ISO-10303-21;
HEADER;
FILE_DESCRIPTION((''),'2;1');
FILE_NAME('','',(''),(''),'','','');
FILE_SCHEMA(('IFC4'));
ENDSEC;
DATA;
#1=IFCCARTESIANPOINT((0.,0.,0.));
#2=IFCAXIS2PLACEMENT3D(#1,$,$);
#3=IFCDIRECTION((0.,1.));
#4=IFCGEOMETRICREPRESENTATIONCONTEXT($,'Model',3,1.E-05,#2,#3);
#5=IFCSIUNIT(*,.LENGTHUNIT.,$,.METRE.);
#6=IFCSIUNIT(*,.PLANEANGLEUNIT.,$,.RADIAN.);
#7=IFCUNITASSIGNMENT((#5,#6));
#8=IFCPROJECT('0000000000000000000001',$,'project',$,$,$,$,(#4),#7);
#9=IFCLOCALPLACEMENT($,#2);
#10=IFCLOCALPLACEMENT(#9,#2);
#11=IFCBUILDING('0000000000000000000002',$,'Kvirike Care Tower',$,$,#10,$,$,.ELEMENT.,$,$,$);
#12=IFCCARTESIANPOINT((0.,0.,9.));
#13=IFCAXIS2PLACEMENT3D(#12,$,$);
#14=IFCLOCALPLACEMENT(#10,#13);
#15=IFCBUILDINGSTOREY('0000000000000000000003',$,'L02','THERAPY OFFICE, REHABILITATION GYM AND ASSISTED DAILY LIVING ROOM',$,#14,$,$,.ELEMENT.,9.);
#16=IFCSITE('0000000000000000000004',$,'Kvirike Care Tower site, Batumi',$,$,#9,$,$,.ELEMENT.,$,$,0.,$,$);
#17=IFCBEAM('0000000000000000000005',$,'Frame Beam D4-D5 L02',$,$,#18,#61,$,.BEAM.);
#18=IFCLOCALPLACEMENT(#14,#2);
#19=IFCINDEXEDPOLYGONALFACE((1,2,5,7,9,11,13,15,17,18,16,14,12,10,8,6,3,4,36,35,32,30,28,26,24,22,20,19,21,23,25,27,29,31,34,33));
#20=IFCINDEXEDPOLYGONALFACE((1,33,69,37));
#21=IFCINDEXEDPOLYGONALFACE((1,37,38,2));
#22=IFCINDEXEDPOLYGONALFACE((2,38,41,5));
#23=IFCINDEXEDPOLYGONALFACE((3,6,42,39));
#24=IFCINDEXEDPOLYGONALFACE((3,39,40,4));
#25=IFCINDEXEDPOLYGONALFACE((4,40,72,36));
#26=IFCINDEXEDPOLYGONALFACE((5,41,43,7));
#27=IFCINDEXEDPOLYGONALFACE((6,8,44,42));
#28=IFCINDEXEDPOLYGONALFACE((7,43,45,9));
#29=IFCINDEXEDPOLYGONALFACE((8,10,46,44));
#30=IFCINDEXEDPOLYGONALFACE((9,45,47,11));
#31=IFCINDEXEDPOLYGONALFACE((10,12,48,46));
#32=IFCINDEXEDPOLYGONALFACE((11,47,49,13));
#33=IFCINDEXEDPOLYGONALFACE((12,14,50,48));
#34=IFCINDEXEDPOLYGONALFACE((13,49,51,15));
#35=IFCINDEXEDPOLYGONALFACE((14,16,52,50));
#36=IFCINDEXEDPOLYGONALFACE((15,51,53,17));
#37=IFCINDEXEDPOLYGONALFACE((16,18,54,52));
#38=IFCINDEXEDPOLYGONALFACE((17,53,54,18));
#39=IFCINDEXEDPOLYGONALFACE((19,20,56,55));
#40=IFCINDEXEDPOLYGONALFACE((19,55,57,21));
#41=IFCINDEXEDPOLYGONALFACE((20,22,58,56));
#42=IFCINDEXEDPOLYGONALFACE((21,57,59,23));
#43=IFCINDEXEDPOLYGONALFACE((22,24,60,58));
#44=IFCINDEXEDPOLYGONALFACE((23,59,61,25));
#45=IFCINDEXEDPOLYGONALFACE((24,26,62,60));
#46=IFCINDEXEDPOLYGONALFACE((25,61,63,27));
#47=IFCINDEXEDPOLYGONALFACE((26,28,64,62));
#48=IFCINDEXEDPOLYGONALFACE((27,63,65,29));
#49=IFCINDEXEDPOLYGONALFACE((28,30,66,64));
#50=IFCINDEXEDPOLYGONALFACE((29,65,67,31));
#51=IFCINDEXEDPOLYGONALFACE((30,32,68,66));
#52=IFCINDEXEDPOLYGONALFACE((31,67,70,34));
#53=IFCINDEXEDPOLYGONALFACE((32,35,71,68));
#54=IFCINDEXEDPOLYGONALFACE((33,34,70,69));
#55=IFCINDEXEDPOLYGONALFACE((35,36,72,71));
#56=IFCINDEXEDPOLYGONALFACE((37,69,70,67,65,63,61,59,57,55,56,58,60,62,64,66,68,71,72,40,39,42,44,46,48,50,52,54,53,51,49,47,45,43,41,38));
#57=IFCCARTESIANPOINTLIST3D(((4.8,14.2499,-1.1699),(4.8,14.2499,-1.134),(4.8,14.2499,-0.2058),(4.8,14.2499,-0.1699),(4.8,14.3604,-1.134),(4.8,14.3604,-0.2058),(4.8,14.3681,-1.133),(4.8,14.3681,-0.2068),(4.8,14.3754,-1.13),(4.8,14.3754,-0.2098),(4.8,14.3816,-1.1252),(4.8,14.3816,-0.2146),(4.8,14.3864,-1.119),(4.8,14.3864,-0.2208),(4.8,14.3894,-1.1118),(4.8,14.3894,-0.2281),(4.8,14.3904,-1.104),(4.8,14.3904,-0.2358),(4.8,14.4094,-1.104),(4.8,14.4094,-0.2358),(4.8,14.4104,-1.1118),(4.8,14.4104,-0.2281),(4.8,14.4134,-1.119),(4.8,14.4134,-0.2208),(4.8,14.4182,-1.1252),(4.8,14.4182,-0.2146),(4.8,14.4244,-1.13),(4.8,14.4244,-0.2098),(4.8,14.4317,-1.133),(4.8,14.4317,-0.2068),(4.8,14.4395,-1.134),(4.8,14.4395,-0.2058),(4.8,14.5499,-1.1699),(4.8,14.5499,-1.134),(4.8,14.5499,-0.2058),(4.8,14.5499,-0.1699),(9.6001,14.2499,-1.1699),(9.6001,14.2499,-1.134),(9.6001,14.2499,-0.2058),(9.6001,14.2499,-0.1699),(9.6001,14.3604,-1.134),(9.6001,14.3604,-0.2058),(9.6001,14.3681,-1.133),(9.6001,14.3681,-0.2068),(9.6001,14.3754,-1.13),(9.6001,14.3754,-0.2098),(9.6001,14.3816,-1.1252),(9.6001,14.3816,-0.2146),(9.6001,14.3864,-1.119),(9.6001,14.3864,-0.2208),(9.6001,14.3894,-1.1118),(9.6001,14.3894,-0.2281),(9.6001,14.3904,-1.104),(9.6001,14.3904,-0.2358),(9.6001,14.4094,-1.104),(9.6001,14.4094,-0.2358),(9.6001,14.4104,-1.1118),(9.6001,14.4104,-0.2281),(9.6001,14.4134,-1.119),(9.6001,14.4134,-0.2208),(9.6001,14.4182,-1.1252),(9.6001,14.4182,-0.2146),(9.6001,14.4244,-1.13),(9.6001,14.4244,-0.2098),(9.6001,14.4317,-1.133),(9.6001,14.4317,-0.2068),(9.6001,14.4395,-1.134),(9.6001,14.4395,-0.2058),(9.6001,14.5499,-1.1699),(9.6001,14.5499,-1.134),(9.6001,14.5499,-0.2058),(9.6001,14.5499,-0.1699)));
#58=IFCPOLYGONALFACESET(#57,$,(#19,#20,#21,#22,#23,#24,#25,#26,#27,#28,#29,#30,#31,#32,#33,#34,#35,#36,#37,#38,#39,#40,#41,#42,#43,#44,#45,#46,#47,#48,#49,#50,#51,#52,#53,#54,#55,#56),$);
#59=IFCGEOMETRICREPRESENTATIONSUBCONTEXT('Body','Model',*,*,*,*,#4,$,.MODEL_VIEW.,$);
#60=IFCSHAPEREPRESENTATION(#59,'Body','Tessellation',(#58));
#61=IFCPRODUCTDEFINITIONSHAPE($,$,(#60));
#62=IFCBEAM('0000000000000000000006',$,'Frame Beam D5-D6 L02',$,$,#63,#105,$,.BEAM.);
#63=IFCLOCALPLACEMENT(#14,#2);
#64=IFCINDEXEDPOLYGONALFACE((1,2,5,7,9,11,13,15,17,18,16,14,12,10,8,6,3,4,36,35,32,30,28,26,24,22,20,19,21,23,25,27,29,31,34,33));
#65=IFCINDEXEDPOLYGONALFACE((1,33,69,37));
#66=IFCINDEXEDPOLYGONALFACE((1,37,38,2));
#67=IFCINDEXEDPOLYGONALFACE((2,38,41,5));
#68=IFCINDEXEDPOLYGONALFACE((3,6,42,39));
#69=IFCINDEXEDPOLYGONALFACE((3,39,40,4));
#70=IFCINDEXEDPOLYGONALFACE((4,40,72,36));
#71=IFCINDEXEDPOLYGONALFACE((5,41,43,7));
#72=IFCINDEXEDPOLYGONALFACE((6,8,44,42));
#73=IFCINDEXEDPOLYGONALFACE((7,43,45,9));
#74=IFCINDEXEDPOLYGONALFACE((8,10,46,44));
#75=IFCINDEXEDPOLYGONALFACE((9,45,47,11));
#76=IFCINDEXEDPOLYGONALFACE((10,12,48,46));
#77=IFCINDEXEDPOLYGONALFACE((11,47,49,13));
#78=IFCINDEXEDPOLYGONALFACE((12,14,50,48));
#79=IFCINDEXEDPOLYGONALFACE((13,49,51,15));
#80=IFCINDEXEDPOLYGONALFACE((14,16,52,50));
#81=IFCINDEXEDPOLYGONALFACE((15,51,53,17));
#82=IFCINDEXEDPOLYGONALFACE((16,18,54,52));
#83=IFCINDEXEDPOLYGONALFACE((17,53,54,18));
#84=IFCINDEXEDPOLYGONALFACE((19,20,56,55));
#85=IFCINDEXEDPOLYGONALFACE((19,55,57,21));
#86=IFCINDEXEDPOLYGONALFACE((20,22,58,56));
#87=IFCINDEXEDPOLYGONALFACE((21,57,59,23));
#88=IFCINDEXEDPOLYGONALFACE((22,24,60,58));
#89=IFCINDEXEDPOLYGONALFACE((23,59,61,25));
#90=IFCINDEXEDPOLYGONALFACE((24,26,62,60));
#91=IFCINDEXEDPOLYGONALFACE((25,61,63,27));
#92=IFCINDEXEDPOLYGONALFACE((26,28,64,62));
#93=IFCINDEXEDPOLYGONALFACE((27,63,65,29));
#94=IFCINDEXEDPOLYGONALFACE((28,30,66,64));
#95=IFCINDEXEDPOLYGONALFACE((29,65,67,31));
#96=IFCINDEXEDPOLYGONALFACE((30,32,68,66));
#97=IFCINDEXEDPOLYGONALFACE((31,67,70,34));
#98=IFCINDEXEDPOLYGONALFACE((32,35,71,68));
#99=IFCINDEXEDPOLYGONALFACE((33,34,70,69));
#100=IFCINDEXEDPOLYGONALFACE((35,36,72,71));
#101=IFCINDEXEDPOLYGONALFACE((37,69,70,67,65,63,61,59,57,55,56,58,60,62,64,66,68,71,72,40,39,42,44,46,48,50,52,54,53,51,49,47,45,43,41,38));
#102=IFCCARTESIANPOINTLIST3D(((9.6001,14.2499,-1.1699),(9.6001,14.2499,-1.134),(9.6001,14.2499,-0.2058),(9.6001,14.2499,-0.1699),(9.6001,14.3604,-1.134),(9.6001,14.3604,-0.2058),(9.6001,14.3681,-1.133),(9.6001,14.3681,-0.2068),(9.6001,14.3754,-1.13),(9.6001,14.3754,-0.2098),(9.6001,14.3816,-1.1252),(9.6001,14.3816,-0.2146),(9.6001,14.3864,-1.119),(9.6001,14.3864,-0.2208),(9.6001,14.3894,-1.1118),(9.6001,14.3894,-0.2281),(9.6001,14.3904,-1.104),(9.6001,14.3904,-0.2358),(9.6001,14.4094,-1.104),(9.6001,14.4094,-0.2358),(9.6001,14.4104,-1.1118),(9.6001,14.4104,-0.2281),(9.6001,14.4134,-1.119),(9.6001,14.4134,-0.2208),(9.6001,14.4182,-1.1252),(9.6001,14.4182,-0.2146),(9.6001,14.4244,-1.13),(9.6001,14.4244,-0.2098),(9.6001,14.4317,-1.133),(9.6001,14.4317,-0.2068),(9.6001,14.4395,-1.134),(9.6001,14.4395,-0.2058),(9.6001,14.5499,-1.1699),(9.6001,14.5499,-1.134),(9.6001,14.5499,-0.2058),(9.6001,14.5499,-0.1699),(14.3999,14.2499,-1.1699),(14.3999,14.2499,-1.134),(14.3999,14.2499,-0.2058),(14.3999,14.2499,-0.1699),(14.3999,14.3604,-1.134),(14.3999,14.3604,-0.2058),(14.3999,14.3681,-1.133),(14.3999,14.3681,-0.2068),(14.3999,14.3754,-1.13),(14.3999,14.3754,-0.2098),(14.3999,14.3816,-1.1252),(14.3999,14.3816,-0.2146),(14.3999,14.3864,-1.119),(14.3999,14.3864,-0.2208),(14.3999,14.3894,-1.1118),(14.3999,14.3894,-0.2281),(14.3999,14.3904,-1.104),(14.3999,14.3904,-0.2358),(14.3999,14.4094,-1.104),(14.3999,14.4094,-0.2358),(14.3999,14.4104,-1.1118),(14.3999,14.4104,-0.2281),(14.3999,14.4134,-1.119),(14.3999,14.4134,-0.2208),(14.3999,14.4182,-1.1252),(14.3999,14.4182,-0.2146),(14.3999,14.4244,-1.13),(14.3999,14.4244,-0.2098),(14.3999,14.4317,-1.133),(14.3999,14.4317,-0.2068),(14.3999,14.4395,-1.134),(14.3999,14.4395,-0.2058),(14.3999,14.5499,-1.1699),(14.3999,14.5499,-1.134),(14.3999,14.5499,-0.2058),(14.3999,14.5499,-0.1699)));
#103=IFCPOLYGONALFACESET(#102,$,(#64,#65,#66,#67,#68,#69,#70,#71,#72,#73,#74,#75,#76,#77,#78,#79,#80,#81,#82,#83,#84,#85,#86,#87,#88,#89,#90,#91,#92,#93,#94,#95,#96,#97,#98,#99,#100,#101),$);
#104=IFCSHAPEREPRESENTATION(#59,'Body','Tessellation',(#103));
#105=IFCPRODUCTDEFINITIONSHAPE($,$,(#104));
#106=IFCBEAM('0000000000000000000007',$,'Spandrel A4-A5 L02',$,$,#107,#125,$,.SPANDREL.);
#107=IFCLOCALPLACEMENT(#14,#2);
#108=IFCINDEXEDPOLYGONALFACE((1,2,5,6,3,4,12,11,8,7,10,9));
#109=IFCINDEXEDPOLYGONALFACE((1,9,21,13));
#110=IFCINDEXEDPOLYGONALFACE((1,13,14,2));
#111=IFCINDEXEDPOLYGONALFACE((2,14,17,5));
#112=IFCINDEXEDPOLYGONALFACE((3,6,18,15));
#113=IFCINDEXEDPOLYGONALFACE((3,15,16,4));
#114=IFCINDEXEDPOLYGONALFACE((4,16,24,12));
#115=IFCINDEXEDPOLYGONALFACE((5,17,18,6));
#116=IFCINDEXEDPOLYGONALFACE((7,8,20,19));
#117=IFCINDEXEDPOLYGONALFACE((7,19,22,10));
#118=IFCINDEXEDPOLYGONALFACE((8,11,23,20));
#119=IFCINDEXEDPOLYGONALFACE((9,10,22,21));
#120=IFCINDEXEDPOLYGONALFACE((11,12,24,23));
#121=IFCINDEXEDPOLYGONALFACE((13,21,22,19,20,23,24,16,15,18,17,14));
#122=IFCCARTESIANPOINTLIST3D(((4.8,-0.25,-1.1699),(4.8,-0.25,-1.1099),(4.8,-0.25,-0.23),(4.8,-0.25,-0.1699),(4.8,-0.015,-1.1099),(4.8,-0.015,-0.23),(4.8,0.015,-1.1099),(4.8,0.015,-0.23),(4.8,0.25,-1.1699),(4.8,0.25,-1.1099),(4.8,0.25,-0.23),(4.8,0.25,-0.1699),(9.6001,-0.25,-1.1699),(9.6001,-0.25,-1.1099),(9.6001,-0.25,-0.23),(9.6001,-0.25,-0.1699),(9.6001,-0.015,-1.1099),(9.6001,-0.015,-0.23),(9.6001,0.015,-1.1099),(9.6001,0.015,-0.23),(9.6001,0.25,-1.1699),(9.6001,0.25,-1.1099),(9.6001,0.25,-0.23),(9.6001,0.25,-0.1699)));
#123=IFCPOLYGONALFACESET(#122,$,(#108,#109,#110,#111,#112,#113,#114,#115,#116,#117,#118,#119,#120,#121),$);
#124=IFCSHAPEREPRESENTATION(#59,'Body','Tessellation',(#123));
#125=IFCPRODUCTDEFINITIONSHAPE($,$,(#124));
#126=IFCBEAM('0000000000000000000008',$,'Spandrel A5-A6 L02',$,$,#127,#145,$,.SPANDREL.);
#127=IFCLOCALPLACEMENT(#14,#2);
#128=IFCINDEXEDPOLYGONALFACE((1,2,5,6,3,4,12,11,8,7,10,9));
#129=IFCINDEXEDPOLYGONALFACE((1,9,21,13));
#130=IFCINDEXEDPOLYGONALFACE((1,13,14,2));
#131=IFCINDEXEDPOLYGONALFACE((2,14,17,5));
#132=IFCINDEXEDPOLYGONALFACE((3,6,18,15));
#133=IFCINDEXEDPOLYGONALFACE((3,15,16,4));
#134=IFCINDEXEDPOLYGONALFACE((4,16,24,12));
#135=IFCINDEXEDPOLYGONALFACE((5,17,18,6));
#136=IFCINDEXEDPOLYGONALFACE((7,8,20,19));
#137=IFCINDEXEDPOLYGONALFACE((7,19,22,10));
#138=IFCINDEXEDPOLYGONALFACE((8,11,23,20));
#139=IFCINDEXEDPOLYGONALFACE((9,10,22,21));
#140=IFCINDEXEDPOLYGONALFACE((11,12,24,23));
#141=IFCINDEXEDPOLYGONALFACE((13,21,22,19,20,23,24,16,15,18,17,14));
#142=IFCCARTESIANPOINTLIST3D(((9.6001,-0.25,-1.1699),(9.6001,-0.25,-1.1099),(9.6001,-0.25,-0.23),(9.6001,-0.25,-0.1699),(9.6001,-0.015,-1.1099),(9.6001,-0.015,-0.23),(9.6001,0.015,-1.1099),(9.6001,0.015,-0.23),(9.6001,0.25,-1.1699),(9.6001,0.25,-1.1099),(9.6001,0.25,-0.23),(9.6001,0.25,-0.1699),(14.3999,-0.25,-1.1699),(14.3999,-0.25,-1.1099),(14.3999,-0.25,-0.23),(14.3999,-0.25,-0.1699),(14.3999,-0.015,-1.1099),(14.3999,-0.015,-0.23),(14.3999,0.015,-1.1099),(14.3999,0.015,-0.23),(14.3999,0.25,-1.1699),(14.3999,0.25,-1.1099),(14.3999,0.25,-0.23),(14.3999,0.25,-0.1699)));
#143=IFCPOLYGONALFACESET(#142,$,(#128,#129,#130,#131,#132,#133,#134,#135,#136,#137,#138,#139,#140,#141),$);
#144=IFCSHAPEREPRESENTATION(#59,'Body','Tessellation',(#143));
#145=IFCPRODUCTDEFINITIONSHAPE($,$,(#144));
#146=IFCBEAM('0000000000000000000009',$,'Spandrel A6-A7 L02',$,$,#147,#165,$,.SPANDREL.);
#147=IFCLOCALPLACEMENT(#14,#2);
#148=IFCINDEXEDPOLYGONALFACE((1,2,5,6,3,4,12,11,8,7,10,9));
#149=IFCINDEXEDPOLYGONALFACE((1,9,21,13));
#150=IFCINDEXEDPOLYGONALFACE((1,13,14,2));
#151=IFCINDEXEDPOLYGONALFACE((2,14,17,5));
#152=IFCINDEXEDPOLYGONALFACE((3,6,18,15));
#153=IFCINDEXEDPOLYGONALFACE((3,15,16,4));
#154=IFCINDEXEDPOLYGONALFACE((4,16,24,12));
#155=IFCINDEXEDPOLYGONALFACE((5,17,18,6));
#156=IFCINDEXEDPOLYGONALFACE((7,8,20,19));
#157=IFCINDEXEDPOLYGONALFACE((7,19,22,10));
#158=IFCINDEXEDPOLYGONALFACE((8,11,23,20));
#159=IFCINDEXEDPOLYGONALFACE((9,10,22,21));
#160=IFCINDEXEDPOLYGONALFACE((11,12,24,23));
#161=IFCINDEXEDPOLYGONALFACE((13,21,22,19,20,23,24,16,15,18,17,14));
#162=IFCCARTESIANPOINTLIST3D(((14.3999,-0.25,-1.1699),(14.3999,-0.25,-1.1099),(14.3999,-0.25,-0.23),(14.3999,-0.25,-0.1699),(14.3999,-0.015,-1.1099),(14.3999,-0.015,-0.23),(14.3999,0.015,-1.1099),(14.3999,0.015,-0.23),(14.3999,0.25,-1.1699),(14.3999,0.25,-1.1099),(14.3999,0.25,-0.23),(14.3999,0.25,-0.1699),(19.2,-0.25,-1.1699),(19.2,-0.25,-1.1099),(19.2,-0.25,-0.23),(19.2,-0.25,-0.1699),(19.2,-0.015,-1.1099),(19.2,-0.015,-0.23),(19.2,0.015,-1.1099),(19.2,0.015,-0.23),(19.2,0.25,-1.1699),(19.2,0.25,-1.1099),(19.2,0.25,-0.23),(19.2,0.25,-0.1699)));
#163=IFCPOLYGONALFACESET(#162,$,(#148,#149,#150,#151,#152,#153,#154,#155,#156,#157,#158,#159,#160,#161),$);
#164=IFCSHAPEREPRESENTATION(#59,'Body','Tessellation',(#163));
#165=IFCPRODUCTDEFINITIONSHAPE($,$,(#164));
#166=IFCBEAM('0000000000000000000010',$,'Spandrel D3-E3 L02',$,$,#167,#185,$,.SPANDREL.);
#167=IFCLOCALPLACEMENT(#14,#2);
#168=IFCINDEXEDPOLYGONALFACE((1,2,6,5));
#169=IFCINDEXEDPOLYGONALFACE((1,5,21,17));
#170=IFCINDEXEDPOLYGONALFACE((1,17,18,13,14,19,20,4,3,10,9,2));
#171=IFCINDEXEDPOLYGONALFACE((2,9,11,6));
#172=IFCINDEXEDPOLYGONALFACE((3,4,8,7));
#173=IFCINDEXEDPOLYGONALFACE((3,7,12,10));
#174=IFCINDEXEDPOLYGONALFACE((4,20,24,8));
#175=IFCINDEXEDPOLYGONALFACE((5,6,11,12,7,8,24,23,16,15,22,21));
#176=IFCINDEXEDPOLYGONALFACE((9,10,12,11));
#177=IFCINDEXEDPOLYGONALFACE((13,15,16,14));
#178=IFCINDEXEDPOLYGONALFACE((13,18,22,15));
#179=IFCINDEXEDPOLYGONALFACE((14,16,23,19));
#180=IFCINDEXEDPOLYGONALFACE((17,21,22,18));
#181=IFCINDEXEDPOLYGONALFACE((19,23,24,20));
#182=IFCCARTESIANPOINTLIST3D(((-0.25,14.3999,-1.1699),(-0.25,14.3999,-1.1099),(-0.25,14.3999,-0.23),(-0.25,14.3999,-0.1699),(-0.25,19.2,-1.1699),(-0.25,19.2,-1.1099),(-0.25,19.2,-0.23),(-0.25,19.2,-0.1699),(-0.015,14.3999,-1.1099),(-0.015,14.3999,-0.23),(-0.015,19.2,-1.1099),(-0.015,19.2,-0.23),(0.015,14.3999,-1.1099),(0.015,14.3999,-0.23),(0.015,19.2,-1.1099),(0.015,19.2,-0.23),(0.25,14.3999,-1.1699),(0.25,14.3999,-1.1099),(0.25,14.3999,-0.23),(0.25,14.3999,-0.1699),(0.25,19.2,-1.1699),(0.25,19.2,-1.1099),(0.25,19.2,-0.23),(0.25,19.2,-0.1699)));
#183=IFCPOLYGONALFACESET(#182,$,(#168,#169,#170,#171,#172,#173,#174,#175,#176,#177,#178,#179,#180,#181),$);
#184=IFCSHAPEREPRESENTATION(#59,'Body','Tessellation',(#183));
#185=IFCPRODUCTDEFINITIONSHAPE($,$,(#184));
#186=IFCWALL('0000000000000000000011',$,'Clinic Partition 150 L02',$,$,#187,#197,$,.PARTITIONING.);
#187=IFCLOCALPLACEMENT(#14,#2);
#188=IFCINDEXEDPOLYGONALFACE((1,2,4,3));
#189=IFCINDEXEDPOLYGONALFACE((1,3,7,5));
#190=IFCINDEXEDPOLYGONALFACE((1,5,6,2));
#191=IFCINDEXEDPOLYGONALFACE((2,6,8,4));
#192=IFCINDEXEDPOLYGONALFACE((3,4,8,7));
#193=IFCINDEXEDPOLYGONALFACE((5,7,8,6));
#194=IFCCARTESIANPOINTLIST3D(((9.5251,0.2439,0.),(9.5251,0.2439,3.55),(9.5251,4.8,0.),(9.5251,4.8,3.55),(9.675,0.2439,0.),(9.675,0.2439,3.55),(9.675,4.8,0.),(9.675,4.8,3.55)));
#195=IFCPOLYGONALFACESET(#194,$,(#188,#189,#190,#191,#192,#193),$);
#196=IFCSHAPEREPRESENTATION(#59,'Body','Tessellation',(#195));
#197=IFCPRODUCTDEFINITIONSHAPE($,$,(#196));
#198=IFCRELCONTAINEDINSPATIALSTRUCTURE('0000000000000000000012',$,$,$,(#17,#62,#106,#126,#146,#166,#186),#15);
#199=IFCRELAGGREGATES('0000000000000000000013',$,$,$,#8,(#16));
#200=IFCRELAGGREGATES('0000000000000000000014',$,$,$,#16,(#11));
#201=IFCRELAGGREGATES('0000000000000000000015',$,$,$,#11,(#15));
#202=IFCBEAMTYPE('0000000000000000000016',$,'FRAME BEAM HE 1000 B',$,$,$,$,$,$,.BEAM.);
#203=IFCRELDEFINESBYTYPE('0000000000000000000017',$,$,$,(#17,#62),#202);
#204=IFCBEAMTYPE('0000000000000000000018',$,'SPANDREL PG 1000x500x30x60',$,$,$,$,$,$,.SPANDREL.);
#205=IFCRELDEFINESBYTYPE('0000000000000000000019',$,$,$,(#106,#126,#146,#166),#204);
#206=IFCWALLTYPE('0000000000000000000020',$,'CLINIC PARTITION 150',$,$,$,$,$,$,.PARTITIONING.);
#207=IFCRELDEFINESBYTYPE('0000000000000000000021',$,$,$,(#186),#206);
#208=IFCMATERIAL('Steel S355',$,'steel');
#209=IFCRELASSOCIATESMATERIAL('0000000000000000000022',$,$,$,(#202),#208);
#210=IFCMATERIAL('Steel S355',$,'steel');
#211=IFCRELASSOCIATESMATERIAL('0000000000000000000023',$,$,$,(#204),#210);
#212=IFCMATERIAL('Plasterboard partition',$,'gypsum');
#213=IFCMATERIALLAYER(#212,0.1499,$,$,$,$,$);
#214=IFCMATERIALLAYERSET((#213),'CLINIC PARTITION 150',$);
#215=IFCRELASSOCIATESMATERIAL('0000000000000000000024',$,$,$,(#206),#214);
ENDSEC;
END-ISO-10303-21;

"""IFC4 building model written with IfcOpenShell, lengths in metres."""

from ifc_helpers import new_model, si_unit, direction, frame, frame_2d, origin, origin_2d, place, context, subcontext, project, spatial, rectangle, i_section, extrude, material, layer, layer_set, material_profile, profile_set, type_object, element, save


model = new_model("IFC4")

# Units and contexts
model_context = context("Model", 3, precision=1e-05, world=origin(), true_north=direction((0.0, 1.0)))
body_context = subcontext(model_context, "Body", "Model", "MODEL_VIEW")
ifc_project = project(units=[si_unit("LENGTHUNIT", "METRE"), si_unit("PLANEANGLEUNIT", "RADIAN")], contexts=[model_context])

# Site, building, storey
site_placement = place(None, origin())
site = spatial("IfcSite", under=ifc_project, at=site_placement, Name="Kvirike Care Tower site, Batumi", CompositionType="ELEMENT", RefElevation=0.0)
building_placement = place(site_placement, origin())
building = spatial("IfcBuilding", under=site, at=building_placement, Name="Kvirike Care Tower", CompositionType="ELEMENT")
storey_placement = place(building_placement, frame((0.0, 0.0, 9.0)))
storey = spatial("IfcBuildingStorey", under=building, at=storey_placement, Name="L02", Description="THERAPY OFFICE, REHABILITATION GYM AND ASSISTED DAILY LIVING ROOM", CompositionType="ELEMENT", Elevation=9.0)

# Beams
ifc_material_1 = material(Name="Steel S355", Category="steel")
ifc_material_profile_1 = material_profile(ifc_material_1, i_section(OverallWidth=0.3, OverallDepth=1.0, WebThickness=0.019, FlangeThickness=0.0359, FilletRadius=0.03, at=origin_2d()), Name="HE 1000 B")
ifc_profile_set_1 = profile_set([ifc_material_profile_1], Name="Steel S355")
beam_type_1 = type_object("IfcBeamType", Name="FRAME BEAM HE 1000 B", PredefinedType="BEAM", material=ifc_profile_set_1)
for number, where, z_axis, x_axis, name in (
    (1, (4.8, 14.3999, -0.6699), (1.0, 0.0, 0.0), (0.0, 1.0, 0.0), "Frame Beam D4-D5 L02"),
):
    element("IfcBeam", number, at=place(storey_placement, frame(where, z_axis=z_axis, x_axis=x_axis)), inside=storey, type_object=beam_type_1, Name=name, PredefinedType="BEAM", context=body_context, shape_type="SweptSolid", body=[
        extrude(i_section(OverallWidth=0.3, OverallDepth=1.0, WebThickness=0.019, FlangeThickness=0.0359, FilletRadius=0.03, at=origin_2d()), origin(), (0.0, 0.0, 1.0), 4.8),
    ])
beam_1_placement = place(storey_placement, frame((9.6001, 14.3999, -0.6699), z_axis=(1.0, 0.0, 0.0), x_axis=(0.0, 1.0, 0.0)))
element("IfcBeam", 2, at=beam_1_placement, inside=storey, type_object=beam_type_1, Name="Frame Beam D5-D6 L02", PredefinedType="BEAM", context=body_context, shape_type="SweptSolid", body=[
    extrude(i_section(OverallWidth=0.3, OverallDepth=1.0, WebThickness=0.019, FlangeThickness=0.0359, FilletRadius=0.03, at=origin_2d()), origin(), (0.0, 0.0, 1.0), 4.7998),
])
ifc_material_2 = material(Name="Steel S355", Category="steel")
ifc_material_profile_2 = material_profile(ifc_material_2, i_section(OverallWidth=0.5, OverallDepth=1.0, WebThickness=0.03, FlangeThickness=0.0601, at=origin_2d()), Name="PG 1000x500x30x60")
ifc_profile_set_2 = profile_set([ifc_material_profile_2], Name="Steel S355")
beam_type_2 = type_object("IfcBeamType", Name="SPANDREL PG 1000x500x30x60", PredefinedType="SPANDREL", material=ifc_profile_set_2)
beam_2_placement = place(storey_placement, frame((4.8, 0.0, -0.6699), z_axis=(1.0, 0.0, 0.0), x_axis=(0.0, 1.0, 0.0)))
element("IfcBeam", 3, at=beam_2_placement, inside=storey, type_object=beam_type_2, Name="Spandrel A4-A5 L02", PredefinedType="SPANDREL", context=body_context, shape_type="SweptSolid", body=[
    extrude(i_section(OverallWidth=0.5, OverallDepth=1.0, WebThickness=0.03, FlangeThickness=0.0601, at=origin_2d()), origin(), (0.0, 0.0, 1.0), 4.8),
])
beam_3_placement = place(storey_placement, frame((9.6001, 0.0, -0.6699), z_axis=(1.0, 0.0, 0.0), x_axis=(0.0, 1.0, 0.0)))
element("IfcBeam", 4, at=beam_3_placement, inside=storey, type_object=beam_type_2, Name="Spandrel A5-A6 L02", PredefinedType="SPANDREL", context=body_context, shape_type="SweptSolid", body=[
    extrude(i_section(OverallWidth=0.5, OverallDepth=1.0, WebThickness=0.03, FlangeThickness=0.0601, at=origin_2d()), origin(), (0.0, 0.0, 1.0), 4.7998),
])
for number, where, z_axis, x_axis, name in (
    (5, (14.3999, 0.0, -0.6699), (1.0, 0.0, 0.0), (0.0, 1.0, 0.0), "Spandrel A6-A7 L02"),
    (6, (0.0, 14.3999, -0.6699), (0.0, 1.0, 0.0), (-1.0, 0.0, 0.0), "Spandrel D3-E3 L02"),
):
    element("IfcBeam", number, at=place(storey_placement, frame(where, z_axis=z_axis, x_axis=x_axis)), inside=storey, type_object=beam_type_2, Name=name, PredefinedType="SPANDREL", context=body_context, shape_type="SweptSolid", body=[
        extrude(i_section(OverallWidth=0.5, OverallDepth=1.0, WebThickness=0.03, FlangeThickness=0.0601, at=origin_2d()), origin(), (0.0, 0.0, 1.0), 4.8),
    ])

# Wall
ifc_material_3 = material(Name="Plasterboard partition", Category="gypsum")
ifc_layer_1 = layer(ifc_material_3, 0.1499)
ifc_layer_set_1 = layer_set([ifc_layer_1], Name="CLINIC PARTITION 150")
wall_type_1 = type_object("IfcWallType", Name="CLINIC PARTITION 150", PredefinedType="PARTITIONING", material=ifc_layer_set_1)
wall_1_placement = place(storey_placement, frame((9.6001, 0.2439, 0.0), z_axis=(0.0, 0.0, 1.0), x_axis=(0.0, 1.0, 0.0)))
element("IfcWall", 7, at=wall_1_placement, inside=storey, type_object=wall_type_1, Name="Clinic Partition 150 L02", PredefinedType="PARTITIONING", context=body_context, shape_type="SweptSolid", body=[
    extrude(rectangle(XDim=4.5562, YDim=0.1499, at=frame_2d((2.2781, 0.0))), origin(), (0.0, 0.0, 1.0), 3.55),
])

save(model, "model.ifc")
